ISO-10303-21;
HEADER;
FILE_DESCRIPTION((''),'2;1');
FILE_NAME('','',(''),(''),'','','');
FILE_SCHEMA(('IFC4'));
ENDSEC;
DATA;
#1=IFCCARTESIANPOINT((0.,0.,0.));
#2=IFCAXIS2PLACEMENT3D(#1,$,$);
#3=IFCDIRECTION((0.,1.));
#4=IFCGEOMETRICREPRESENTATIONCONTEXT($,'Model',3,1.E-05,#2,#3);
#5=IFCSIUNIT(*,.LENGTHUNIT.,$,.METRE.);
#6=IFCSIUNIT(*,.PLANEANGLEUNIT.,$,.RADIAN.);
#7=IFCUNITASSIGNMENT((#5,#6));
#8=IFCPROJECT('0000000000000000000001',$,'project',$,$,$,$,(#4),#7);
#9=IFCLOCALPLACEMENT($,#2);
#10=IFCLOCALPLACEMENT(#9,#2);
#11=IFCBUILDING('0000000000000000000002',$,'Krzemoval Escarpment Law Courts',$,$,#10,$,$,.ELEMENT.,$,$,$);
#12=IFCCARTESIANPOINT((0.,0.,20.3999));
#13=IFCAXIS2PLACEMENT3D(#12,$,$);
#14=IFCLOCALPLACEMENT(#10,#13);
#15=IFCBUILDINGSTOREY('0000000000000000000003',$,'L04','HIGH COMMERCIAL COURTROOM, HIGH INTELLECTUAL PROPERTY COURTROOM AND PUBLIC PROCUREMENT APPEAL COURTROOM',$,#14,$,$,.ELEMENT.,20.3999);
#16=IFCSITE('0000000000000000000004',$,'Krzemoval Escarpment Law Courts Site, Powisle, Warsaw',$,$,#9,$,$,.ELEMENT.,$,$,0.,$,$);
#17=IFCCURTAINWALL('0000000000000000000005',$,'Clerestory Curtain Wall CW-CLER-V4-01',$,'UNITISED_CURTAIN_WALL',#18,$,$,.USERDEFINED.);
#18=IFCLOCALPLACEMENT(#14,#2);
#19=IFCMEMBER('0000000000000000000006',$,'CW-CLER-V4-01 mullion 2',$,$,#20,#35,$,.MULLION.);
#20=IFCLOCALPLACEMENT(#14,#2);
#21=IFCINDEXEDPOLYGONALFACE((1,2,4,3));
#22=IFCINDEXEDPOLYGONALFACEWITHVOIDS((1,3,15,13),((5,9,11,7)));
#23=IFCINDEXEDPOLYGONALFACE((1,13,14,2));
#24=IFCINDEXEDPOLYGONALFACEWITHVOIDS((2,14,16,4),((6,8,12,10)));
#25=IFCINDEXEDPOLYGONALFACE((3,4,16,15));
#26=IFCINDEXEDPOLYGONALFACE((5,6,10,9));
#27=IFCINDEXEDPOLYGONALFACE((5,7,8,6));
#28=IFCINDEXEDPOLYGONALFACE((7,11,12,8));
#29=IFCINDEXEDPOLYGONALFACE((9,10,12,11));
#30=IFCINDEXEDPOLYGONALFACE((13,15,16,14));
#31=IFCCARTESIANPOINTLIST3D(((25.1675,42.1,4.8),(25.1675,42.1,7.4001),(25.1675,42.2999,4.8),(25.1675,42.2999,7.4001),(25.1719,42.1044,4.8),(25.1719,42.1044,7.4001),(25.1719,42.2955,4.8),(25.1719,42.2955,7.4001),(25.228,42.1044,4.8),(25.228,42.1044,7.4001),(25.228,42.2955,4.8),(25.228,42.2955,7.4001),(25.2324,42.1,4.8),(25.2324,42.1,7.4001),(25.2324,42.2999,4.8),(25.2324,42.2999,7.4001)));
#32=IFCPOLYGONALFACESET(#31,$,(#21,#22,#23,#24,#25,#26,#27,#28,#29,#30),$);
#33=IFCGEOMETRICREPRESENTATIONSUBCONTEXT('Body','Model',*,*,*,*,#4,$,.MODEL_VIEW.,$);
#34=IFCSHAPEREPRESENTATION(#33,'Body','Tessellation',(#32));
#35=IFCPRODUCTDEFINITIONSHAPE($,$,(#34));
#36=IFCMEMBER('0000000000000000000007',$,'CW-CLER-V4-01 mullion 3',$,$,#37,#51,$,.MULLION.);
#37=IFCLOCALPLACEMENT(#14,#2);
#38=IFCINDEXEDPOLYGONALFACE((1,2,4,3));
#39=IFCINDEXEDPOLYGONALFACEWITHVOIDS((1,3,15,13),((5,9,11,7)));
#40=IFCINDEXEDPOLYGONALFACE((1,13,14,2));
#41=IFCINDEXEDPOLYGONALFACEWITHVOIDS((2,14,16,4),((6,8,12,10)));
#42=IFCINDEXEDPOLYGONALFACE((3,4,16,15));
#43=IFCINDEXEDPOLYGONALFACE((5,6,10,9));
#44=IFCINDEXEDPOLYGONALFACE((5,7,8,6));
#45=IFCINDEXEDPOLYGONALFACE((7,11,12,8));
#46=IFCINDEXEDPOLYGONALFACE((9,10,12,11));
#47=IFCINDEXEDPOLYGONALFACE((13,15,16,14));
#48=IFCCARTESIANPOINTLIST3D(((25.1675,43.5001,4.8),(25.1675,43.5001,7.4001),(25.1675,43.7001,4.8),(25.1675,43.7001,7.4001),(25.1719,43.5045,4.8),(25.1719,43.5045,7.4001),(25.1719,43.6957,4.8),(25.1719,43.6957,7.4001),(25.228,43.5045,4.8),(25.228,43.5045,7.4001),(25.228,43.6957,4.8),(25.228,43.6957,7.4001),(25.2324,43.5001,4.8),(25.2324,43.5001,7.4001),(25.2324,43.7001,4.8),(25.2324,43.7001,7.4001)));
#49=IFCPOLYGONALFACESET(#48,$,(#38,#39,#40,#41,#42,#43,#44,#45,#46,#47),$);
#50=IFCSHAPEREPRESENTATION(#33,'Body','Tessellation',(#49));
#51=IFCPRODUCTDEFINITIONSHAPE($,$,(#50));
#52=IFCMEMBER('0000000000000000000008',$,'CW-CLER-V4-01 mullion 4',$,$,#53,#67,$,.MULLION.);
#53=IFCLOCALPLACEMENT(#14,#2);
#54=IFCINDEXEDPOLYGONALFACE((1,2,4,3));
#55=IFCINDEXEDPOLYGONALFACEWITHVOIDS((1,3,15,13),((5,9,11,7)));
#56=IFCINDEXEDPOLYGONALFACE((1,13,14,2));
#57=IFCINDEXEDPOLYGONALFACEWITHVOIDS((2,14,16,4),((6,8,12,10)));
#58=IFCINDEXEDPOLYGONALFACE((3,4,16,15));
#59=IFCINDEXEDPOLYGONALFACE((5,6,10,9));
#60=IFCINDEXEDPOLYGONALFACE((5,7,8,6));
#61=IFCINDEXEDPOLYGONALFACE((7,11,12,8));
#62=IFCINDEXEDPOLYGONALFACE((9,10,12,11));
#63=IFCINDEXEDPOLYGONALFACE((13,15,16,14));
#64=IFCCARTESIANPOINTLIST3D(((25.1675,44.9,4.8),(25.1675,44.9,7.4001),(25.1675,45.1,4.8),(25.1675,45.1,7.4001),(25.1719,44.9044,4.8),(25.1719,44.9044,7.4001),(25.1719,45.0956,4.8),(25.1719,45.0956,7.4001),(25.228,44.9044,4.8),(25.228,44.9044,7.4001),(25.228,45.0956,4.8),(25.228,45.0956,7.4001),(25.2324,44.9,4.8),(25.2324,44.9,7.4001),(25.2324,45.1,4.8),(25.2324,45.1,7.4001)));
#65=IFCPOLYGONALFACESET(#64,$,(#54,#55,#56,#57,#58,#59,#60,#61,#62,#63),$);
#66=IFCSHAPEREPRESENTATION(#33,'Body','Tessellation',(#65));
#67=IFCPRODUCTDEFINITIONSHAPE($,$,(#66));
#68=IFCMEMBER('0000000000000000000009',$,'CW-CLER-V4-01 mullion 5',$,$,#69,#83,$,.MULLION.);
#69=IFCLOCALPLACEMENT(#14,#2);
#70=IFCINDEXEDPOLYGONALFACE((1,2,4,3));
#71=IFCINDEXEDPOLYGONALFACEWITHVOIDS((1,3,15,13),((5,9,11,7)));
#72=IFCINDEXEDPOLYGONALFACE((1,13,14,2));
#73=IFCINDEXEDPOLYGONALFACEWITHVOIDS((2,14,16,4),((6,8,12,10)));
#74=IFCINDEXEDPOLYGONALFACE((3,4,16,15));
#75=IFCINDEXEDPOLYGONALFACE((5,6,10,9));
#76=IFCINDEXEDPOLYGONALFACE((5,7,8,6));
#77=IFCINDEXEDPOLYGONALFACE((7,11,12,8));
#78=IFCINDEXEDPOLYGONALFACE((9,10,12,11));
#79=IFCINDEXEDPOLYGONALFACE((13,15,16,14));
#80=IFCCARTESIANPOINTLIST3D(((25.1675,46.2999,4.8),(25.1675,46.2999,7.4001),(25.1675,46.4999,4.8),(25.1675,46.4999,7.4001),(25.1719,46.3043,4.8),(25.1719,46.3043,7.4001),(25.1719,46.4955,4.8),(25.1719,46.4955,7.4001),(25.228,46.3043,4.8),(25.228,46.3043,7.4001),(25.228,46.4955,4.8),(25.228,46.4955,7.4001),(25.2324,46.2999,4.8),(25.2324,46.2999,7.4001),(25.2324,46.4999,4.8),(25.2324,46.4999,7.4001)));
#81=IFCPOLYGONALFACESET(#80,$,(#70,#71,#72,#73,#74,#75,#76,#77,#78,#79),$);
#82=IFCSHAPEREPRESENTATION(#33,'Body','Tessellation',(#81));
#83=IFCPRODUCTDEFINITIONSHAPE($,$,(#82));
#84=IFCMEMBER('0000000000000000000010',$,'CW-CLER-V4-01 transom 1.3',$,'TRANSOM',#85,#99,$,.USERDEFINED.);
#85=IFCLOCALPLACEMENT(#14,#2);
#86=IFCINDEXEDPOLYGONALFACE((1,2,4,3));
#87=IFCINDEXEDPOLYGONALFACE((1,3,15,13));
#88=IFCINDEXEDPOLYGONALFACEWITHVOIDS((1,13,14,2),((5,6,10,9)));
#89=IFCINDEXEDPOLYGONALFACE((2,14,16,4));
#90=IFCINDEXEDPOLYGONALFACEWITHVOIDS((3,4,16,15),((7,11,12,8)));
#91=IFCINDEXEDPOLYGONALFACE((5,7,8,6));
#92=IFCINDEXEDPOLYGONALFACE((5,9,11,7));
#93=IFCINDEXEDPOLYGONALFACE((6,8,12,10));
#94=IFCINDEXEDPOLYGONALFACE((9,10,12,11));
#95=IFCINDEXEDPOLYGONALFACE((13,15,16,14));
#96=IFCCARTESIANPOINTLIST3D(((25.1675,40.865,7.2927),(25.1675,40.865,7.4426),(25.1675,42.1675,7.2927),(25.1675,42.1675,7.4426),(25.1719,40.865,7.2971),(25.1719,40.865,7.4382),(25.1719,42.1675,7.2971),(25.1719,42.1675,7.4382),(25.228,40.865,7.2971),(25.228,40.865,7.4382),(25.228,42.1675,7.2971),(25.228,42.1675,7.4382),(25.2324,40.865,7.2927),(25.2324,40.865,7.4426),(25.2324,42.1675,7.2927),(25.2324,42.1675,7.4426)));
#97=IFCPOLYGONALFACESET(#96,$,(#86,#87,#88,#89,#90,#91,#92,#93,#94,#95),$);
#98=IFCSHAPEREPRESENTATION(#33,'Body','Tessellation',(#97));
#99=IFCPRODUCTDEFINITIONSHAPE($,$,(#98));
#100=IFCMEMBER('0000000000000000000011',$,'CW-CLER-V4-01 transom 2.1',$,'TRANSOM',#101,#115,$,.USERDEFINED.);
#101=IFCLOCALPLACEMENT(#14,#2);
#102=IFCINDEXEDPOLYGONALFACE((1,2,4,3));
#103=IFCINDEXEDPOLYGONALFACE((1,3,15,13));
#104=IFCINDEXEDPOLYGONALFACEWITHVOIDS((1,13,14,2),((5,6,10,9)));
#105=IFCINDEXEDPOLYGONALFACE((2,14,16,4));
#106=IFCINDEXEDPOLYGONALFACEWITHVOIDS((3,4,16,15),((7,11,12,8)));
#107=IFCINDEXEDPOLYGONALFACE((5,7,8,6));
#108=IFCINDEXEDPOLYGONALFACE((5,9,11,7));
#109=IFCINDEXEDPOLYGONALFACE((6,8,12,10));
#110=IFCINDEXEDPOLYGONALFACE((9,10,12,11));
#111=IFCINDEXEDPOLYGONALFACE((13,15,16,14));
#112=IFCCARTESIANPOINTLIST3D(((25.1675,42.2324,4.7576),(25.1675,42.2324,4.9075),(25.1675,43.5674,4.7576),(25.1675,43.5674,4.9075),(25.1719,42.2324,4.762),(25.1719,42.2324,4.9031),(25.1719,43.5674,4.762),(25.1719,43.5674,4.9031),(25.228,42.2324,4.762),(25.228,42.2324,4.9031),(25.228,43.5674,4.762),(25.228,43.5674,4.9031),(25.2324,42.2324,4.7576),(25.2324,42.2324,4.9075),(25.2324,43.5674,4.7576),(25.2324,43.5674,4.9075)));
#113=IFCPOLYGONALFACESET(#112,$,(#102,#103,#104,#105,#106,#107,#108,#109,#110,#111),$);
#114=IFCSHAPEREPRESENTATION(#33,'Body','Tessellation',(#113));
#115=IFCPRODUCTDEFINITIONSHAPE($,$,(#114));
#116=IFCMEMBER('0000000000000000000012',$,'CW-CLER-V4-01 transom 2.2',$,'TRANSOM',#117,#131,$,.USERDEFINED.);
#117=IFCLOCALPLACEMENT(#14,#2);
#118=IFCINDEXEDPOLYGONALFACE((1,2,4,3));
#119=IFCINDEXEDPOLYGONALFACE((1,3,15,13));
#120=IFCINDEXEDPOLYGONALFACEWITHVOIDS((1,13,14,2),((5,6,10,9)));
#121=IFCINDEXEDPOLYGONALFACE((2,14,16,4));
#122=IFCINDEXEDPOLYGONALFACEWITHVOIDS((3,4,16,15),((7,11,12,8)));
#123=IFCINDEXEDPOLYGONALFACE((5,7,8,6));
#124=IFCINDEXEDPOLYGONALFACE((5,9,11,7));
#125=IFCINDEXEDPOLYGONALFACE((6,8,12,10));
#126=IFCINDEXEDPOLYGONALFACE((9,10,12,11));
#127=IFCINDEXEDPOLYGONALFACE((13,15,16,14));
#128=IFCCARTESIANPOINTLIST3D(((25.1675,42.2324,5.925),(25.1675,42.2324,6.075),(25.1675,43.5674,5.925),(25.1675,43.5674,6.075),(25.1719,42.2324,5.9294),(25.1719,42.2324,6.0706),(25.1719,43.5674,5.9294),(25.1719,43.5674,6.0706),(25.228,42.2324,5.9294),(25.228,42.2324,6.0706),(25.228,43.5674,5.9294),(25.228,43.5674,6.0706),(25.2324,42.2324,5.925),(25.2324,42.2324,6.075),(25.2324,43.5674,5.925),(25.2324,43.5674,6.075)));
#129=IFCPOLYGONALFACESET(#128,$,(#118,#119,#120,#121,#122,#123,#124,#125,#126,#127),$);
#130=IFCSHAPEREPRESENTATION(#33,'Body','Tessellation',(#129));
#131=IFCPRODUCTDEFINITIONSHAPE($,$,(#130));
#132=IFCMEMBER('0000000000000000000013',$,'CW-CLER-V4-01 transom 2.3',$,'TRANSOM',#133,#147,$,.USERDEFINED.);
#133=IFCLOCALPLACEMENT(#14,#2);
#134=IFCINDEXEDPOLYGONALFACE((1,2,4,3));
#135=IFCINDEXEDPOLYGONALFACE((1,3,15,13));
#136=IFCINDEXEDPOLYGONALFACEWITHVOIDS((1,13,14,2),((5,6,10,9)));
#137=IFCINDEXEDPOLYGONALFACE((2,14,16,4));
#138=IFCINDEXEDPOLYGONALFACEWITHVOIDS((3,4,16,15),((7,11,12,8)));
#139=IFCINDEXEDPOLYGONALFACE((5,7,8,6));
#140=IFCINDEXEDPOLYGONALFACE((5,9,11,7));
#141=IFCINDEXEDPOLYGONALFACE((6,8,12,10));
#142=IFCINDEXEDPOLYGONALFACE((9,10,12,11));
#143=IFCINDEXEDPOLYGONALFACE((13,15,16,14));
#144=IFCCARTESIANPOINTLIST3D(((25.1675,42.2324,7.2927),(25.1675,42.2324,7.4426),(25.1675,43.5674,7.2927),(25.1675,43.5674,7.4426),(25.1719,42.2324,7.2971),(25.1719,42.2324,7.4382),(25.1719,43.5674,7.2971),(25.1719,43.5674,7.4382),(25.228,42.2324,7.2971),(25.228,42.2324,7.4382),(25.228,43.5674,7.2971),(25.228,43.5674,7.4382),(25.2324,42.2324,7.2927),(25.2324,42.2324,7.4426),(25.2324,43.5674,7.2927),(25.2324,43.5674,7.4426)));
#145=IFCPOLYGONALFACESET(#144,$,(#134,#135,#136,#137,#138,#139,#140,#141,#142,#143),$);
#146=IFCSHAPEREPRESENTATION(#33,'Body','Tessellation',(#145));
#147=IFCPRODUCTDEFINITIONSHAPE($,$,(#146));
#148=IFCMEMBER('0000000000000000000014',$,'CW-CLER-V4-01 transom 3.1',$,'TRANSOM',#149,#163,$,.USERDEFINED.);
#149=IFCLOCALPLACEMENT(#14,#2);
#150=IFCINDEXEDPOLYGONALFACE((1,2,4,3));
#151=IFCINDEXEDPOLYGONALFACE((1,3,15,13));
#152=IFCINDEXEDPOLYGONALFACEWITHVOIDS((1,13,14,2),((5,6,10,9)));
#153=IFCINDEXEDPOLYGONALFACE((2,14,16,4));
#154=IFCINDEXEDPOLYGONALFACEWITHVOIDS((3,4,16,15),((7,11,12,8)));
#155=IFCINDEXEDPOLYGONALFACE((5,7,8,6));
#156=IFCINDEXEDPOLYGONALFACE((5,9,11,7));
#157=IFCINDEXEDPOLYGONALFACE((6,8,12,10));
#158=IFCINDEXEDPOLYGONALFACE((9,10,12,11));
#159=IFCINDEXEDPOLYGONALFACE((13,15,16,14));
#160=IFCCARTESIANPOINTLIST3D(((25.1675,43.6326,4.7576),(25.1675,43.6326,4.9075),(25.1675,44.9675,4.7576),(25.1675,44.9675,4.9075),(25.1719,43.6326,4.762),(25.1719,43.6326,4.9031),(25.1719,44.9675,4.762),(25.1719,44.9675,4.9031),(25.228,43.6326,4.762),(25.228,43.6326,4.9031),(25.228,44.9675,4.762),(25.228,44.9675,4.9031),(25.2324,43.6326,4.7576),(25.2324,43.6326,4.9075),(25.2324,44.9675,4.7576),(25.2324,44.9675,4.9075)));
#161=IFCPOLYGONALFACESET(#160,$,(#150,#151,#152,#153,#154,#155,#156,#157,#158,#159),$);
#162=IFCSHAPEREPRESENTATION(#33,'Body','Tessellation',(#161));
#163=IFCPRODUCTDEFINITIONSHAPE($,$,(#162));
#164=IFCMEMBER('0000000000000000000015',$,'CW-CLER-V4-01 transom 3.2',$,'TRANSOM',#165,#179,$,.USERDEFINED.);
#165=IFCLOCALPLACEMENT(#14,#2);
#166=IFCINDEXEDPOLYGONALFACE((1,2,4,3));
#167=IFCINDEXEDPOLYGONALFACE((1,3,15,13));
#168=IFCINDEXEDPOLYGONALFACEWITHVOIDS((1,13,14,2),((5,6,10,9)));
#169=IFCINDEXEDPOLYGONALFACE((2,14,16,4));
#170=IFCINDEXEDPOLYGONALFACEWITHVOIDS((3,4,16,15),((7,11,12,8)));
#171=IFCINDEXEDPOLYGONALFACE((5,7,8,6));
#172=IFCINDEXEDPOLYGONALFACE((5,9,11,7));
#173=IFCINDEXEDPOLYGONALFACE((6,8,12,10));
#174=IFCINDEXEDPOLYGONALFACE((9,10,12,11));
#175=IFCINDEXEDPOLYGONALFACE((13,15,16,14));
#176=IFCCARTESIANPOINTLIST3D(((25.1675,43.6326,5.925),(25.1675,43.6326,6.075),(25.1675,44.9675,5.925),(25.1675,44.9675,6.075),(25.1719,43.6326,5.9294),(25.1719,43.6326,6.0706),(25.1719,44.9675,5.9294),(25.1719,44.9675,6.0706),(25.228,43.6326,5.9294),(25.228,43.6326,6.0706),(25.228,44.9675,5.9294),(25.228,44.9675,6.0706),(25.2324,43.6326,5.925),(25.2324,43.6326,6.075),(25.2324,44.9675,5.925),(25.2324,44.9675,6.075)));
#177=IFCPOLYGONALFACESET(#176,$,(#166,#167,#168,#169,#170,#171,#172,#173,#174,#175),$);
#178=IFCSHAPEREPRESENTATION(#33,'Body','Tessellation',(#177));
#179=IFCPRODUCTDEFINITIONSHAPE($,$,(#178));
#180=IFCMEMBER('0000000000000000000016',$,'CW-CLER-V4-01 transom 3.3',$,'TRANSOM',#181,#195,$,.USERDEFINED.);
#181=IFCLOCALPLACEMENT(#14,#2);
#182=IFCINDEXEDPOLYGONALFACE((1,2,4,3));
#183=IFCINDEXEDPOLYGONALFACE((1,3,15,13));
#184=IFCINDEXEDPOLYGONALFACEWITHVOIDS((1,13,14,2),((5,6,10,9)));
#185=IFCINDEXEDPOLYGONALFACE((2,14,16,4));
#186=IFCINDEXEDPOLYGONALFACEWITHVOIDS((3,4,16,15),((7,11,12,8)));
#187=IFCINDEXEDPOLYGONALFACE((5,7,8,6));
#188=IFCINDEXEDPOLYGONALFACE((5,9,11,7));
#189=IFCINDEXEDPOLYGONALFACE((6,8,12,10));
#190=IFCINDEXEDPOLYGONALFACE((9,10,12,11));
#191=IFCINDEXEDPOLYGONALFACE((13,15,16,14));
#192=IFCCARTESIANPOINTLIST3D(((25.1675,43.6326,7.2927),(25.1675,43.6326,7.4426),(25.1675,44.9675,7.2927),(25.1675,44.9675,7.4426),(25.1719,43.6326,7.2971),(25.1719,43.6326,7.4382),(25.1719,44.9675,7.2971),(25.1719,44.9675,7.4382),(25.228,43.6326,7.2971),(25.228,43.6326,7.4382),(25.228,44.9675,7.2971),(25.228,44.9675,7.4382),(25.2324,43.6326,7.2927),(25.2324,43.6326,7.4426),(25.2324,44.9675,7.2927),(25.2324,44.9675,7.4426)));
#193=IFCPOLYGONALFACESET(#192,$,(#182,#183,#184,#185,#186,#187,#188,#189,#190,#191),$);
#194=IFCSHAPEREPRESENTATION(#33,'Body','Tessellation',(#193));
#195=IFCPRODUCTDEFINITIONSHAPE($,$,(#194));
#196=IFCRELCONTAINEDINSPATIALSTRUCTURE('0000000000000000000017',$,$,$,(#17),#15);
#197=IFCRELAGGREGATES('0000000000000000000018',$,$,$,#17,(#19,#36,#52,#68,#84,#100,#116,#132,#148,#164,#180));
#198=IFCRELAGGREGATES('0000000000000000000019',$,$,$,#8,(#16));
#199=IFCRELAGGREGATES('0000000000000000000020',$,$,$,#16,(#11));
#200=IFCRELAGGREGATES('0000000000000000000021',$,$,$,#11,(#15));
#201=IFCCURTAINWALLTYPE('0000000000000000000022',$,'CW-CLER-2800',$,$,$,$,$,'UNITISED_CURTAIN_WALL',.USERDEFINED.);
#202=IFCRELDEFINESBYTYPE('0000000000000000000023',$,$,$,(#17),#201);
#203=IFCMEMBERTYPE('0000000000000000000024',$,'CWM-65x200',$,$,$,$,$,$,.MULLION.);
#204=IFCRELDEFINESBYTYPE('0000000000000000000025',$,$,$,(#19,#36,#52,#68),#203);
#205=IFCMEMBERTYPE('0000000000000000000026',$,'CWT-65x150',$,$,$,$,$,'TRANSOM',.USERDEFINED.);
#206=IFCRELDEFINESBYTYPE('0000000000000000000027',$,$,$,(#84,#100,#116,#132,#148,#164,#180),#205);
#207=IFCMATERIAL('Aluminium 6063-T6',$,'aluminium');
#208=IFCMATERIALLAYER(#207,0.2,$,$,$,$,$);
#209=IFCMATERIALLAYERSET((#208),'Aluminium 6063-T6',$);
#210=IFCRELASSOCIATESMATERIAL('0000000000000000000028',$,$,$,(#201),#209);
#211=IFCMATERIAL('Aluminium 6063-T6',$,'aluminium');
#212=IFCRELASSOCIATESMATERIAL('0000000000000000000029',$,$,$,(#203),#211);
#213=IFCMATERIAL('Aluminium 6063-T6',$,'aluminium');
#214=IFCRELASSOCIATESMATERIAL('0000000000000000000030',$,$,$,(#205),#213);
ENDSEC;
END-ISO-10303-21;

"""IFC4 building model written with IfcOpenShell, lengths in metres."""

from ifc_helpers import new_model, si_unit, direction, frame, origin, origin_2d, place, context, subcontext, project, spatial, hollow_rectangle, extrude, material, layer, layer_set, material_profile, profile_set, type_object, element, aggregate, save


model = new_model("IFC4")

# Units and contexts
model_context = context("Model", 3, precision=1e-05, world=origin(), true_north=direction((0.0, 1.0)))
body_context = subcontext(model_context, "Body", "Model", "MODEL_VIEW")
ifc_project = project(units=[si_unit("LENGTHUNIT", "METRE"), si_unit("PLANEANGLEUNIT", "RADIAN")], contexts=[model_context])

# Site, building, storey
site_placement = place(None, origin())
site = spatial("IfcSite", under=ifc_project, at=site_placement, Name="Krzemoval Escarpment Law Courts Site, Powisle, Warsaw", CompositionType="ELEMENT", RefElevation=0.0)
building_placement = place(site_placement, origin())
building = spatial("IfcBuilding", under=site, at=building_placement, Name="Krzemoval Escarpment Law Courts", CompositionType="ELEMENT")
storey_placement = place(building_placement, frame((0.0, 0.0, 20.3999)))
storey = spatial("IfcBuildingStorey", under=building, at=storey_placement, Name="L04", Description="HIGH COMMERCIAL COURTROOM, HIGH INTELLECTUAL PROPERTY COURTROOM AND PUBLIC PROCUREMENT APPEAL COURTROOM", CompositionType="ELEMENT", Elevation=20.3999)

# Curtain wall, members
ifc_material_1 = material(Name="Aluminium 6063-T6", Category="aluminium")
ifc_layer_1 = layer(ifc_material_1, 0.2)
ifc_layer_set_1 = layer_set([ifc_layer_1], Name="Aluminium 6063-T6")
curtain_wall_type = type_object("IfcCurtainWallType", Name="CW-CLER-2800", ElementType="UNITISED_CURTAIN_WALL", PredefinedType="USERDEFINED", material=ifc_layer_set_1)
curtain_wall_placement = place(storey_placement, origin())
curtain_wall = element("IfcCurtainWall", 1, at=curtain_wall_placement, inside=storey, type_object=curtain_wall_type, Name="Clerestory Curtain Wall CW-CLER-V4-01", ObjectType="UNITISED_CURTAIN_WALL", PredefinedType="USERDEFINED")
ifc_material_2 = material(Name="Aluminium 6063-T6", Category="aluminium")
ifc_material_profile_1 = material_profile(ifc_material_2, hollow_rectangle(XDim=0.0649, YDim=0.2, WallThickness=0.0044, at=origin_2d()), Name="ALU M65x200")
ifc_profile_set_1 = profile_set([ifc_material_profile_1], Name="Aluminium 6063-T6")
member_type_1 = type_object("IfcMemberType", Name="CWM-65x200", PredefinedType="MULLION", material=ifc_profile_set_1)
member_1_placement = place(storey_placement, frame((25.2, 42.2, 4.8), z_axis=(0.0, 0.0, 1.0), x_axis=(-1.0, 0.0, 0.0)))
member_1 = element("IfcMember", 2, at=member_1_placement, type_object=member_type_1, Name="CW-CLER-V4-01 mullion 2", PredefinedType="MULLION", context=body_context, shape_type="SweptSolid", body=[
    extrude(hollow_rectangle(XDim=0.0649, YDim=0.2, WallThickness=0.0044, at=origin_2d()), origin(), (0.0, 0.0, 1.0), 2.6001),
])
member_2_placement = place(storey_placement, frame((25.2, 43.6001, 4.8), z_axis=(0.0, 0.0, 1.0), x_axis=(-1.0, 0.0, 0.0)))
member_2 = element("IfcMember", 3, at=member_2_placement, type_object=member_type_1, Name="CW-CLER-V4-01 mullion 3", PredefinedType="MULLION", context=body_context, shape_type="SweptSolid", body=[
    extrude(hollow_rectangle(XDim=0.0649, YDim=0.2, WallThickness=0.0044, at=origin_2d()), origin(), (0.0, 0.0, 1.0), 2.6001),
])
member_3_placement = place(storey_placement, frame((25.2, 45.0, 4.8), z_axis=(0.0, 0.0, 1.0), x_axis=(-1.0, 0.0, 0.0)))
member_3 = element("IfcMember", 4, at=member_3_placement, type_object=member_type_1, Name="CW-CLER-V4-01 mullion 4", PredefinedType="MULLION", context=body_context, shape_type="SweptSolid", body=[
    extrude(hollow_rectangle(XDim=0.0649, YDim=0.2, WallThickness=0.0044, at=origin_2d()), origin(), (0.0, 0.0, 1.0), 2.6001),
])
member_4_placement = place(storey_placement, frame((25.2, 46.3999, 4.8), z_axis=(0.0, 0.0, 1.0), x_axis=(-1.0, 0.0, 0.0)))
member_4 = element("IfcMember", 5, at=member_4_placement, type_object=member_type_1, Name="CW-CLER-V4-01 mullion 5", PredefinedType="MULLION", context=body_context, shape_type="SweptSolid", body=[
    extrude(hollow_rectangle(XDim=0.0649, YDim=0.2, WallThickness=0.0044, at=origin_2d()), origin(), (0.0, 0.0, 1.0), 2.6001),
])
ifc_material_3 = material(Name="Aluminium 6063-T6", Category="aluminium")
ifc_material_profile_2 = material_profile(ifc_material_3, hollow_rectangle(XDim=0.0649, YDim=0.1499, WallThickness=0.0044, at=origin_2d()), Name="ALU T65x150")
ifc_profile_set_2 = profile_set([ifc_material_profile_2], Name="Aluminium 6063-T6")
member_type_2 = type_object("IfcMemberType", Name="CWT-65x150", ElementType="TRANSOM", PredefinedType="USERDEFINED", material=ifc_profile_set_2)
member_5_placement = place(storey_placement, frame((25.2, 40.865, 7.3677), z_axis=(0.0, 1.0, 0.0), x_axis=(-1.0, 0.0, 0.0)))
member_5 = element("IfcMember", 6, at=member_5_placement, type_object=member_type_2, Name="CW-CLER-V4-01 transom 1.3", ObjectType="TRANSOM", PredefinedType="USERDEFINED", context=body_context, shape_type="SweptSolid", body=[
    extrude(hollow_rectangle(XDim=0.0649, YDim=0.1499, WallThickness=0.0044, at=origin_2d()), origin(), (0.0, 0.0, 1.0), 1.3025),
])
member_6_placement = place(storey_placement, frame((25.2, 42.2324, 4.8325), z_axis=(0.0, 1.0, 0.0), x_axis=(-1.0, 0.0, 0.0)))
member_6 = element("IfcMember", 7, at=member_6_placement, type_object=member_type_2, Name="CW-CLER-V4-01 transom 2.1", ObjectType="TRANSOM", PredefinedType="USERDEFINED", context=body_context, shape_type="SweptSolid", body=[
    extrude(hollow_rectangle(XDim=0.0649, YDim=0.1499, WallThickness=0.0044, at=origin_2d()), origin(), (0.0, 0.0, 1.0), 1.335),
])
member_7_placement = place(storey_placement, frame((25.2, 42.2324, 6.0), z_axis=(0.0, 1.0, 0.0), x_axis=(-1.0, 0.0, 0.0)))
member_7 = element("IfcMember", 8, at=member_7_placement, type_object=member_type_2, Name="CW-CLER-V4-01 transom 2.2", ObjectType="TRANSOM", PredefinedType="USERDEFINED", context=body_context, shape_type="SweptSolid", body=[
    extrude(hollow_rectangle(XDim=0.0649, YDim=0.1499, WallThickness=0.0044, at=origin_2d()), origin(), (0.0, 0.0, 1.0), 1.335),
])
member_8_placement = place(storey_placement, frame((25.2, 42.2324, 7.3677), z_axis=(0.0, 1.0, 0.0), x_axis=(-1.0, 0.0, 0.0)))
member_8 = element("IfcMember", 9, at=member_8_placement, type_object=member_type_2, Name="CW-CLER-V4-01 transom 2.3", ObjectType="TRANSOM", PredefinedType="USERDEFINED", context=body_context, shape_type="SweptSolid", body=[
    extrude(hollow_rectangle(XDim=0.0649, YDim=0.1499, WallThickness=0.0044, at=origin_2d()), origin(), (0.0, 0.0, 1.0), 1.335),
])
member_9_placement = place(storey_placement, frame((25.2, 43.6326, 4.8325), z_axis=(0.0, 1.0, 0.0), x_axis=(-1.0, 0.0, 0.0)))
member_9 = element("IfcMember", 10, at=member_9_placement, type_object=member_type_2, Name="CW-CLER-V4-01 transom 3.1", ObjectType="TRANSOM", PredefinedType="USERDEFINED", context=body_context, shape_type="SweptSolid", body=[
    extrude(hollow_rectangle(XDim=0.0649, YDim=0.1499, WallThickness=0.0044, at=origin_2d()), origin(), (0.0, 0.0, 1.0), 1.335),
])
member_10_placement = place(storey_placement, frame((25.2, 43.6326, 6.0), z_axis=(0.0, 1.0, 0.0), x_axis=(-1.0, 0.0, 0.0)))
member_10 = element("IfcMember", 11, at=member_10_placement, type_object=member_type_2, Name="CW-CLER-V4-01 transom 3.2", ObjectType="TRANSOM", PredefinedType="USERDEFINED", context=body_context, shape_type="SweptSolid", body=[
    extrude(hollow_rectangle(XDim=0.0649, YDim=0.1499, WallThickness=0.0044, at=origin_2d()), origin(), (0.0, 0.0, 1.0), 1.335),
])
member_11_placement = place(storey_placement, frame((25.2, 43.6326, 7.3677), z_axis=(0.0, 1.0, 0.0), x_axis=(-1.0, 0.0, 0.0)))
member_11 = element("IfcMember", 12, at=member_11_placement, type_object=member_type_2, Name="CW-CLER-V4-01 transom 3.3", ObjectType="TRANSOM", PredefinedType="USERDEFINED", context=body_context, shape_type="SweptSolid", body=[
    extrude(hollow_rectangle(XDim=0.0649, YDim=0.1499, WallThickness=0.0044, at=origin_2d()), origin(), (0.0, 0.0, 1.0), 1.335),
])
aggregate(curtain_wall, [member_1, member_2, member_3, member_4, member_5, member_6, member_7, member_8, member_9, member_10, member_11])

save(model, "model.ifc")
